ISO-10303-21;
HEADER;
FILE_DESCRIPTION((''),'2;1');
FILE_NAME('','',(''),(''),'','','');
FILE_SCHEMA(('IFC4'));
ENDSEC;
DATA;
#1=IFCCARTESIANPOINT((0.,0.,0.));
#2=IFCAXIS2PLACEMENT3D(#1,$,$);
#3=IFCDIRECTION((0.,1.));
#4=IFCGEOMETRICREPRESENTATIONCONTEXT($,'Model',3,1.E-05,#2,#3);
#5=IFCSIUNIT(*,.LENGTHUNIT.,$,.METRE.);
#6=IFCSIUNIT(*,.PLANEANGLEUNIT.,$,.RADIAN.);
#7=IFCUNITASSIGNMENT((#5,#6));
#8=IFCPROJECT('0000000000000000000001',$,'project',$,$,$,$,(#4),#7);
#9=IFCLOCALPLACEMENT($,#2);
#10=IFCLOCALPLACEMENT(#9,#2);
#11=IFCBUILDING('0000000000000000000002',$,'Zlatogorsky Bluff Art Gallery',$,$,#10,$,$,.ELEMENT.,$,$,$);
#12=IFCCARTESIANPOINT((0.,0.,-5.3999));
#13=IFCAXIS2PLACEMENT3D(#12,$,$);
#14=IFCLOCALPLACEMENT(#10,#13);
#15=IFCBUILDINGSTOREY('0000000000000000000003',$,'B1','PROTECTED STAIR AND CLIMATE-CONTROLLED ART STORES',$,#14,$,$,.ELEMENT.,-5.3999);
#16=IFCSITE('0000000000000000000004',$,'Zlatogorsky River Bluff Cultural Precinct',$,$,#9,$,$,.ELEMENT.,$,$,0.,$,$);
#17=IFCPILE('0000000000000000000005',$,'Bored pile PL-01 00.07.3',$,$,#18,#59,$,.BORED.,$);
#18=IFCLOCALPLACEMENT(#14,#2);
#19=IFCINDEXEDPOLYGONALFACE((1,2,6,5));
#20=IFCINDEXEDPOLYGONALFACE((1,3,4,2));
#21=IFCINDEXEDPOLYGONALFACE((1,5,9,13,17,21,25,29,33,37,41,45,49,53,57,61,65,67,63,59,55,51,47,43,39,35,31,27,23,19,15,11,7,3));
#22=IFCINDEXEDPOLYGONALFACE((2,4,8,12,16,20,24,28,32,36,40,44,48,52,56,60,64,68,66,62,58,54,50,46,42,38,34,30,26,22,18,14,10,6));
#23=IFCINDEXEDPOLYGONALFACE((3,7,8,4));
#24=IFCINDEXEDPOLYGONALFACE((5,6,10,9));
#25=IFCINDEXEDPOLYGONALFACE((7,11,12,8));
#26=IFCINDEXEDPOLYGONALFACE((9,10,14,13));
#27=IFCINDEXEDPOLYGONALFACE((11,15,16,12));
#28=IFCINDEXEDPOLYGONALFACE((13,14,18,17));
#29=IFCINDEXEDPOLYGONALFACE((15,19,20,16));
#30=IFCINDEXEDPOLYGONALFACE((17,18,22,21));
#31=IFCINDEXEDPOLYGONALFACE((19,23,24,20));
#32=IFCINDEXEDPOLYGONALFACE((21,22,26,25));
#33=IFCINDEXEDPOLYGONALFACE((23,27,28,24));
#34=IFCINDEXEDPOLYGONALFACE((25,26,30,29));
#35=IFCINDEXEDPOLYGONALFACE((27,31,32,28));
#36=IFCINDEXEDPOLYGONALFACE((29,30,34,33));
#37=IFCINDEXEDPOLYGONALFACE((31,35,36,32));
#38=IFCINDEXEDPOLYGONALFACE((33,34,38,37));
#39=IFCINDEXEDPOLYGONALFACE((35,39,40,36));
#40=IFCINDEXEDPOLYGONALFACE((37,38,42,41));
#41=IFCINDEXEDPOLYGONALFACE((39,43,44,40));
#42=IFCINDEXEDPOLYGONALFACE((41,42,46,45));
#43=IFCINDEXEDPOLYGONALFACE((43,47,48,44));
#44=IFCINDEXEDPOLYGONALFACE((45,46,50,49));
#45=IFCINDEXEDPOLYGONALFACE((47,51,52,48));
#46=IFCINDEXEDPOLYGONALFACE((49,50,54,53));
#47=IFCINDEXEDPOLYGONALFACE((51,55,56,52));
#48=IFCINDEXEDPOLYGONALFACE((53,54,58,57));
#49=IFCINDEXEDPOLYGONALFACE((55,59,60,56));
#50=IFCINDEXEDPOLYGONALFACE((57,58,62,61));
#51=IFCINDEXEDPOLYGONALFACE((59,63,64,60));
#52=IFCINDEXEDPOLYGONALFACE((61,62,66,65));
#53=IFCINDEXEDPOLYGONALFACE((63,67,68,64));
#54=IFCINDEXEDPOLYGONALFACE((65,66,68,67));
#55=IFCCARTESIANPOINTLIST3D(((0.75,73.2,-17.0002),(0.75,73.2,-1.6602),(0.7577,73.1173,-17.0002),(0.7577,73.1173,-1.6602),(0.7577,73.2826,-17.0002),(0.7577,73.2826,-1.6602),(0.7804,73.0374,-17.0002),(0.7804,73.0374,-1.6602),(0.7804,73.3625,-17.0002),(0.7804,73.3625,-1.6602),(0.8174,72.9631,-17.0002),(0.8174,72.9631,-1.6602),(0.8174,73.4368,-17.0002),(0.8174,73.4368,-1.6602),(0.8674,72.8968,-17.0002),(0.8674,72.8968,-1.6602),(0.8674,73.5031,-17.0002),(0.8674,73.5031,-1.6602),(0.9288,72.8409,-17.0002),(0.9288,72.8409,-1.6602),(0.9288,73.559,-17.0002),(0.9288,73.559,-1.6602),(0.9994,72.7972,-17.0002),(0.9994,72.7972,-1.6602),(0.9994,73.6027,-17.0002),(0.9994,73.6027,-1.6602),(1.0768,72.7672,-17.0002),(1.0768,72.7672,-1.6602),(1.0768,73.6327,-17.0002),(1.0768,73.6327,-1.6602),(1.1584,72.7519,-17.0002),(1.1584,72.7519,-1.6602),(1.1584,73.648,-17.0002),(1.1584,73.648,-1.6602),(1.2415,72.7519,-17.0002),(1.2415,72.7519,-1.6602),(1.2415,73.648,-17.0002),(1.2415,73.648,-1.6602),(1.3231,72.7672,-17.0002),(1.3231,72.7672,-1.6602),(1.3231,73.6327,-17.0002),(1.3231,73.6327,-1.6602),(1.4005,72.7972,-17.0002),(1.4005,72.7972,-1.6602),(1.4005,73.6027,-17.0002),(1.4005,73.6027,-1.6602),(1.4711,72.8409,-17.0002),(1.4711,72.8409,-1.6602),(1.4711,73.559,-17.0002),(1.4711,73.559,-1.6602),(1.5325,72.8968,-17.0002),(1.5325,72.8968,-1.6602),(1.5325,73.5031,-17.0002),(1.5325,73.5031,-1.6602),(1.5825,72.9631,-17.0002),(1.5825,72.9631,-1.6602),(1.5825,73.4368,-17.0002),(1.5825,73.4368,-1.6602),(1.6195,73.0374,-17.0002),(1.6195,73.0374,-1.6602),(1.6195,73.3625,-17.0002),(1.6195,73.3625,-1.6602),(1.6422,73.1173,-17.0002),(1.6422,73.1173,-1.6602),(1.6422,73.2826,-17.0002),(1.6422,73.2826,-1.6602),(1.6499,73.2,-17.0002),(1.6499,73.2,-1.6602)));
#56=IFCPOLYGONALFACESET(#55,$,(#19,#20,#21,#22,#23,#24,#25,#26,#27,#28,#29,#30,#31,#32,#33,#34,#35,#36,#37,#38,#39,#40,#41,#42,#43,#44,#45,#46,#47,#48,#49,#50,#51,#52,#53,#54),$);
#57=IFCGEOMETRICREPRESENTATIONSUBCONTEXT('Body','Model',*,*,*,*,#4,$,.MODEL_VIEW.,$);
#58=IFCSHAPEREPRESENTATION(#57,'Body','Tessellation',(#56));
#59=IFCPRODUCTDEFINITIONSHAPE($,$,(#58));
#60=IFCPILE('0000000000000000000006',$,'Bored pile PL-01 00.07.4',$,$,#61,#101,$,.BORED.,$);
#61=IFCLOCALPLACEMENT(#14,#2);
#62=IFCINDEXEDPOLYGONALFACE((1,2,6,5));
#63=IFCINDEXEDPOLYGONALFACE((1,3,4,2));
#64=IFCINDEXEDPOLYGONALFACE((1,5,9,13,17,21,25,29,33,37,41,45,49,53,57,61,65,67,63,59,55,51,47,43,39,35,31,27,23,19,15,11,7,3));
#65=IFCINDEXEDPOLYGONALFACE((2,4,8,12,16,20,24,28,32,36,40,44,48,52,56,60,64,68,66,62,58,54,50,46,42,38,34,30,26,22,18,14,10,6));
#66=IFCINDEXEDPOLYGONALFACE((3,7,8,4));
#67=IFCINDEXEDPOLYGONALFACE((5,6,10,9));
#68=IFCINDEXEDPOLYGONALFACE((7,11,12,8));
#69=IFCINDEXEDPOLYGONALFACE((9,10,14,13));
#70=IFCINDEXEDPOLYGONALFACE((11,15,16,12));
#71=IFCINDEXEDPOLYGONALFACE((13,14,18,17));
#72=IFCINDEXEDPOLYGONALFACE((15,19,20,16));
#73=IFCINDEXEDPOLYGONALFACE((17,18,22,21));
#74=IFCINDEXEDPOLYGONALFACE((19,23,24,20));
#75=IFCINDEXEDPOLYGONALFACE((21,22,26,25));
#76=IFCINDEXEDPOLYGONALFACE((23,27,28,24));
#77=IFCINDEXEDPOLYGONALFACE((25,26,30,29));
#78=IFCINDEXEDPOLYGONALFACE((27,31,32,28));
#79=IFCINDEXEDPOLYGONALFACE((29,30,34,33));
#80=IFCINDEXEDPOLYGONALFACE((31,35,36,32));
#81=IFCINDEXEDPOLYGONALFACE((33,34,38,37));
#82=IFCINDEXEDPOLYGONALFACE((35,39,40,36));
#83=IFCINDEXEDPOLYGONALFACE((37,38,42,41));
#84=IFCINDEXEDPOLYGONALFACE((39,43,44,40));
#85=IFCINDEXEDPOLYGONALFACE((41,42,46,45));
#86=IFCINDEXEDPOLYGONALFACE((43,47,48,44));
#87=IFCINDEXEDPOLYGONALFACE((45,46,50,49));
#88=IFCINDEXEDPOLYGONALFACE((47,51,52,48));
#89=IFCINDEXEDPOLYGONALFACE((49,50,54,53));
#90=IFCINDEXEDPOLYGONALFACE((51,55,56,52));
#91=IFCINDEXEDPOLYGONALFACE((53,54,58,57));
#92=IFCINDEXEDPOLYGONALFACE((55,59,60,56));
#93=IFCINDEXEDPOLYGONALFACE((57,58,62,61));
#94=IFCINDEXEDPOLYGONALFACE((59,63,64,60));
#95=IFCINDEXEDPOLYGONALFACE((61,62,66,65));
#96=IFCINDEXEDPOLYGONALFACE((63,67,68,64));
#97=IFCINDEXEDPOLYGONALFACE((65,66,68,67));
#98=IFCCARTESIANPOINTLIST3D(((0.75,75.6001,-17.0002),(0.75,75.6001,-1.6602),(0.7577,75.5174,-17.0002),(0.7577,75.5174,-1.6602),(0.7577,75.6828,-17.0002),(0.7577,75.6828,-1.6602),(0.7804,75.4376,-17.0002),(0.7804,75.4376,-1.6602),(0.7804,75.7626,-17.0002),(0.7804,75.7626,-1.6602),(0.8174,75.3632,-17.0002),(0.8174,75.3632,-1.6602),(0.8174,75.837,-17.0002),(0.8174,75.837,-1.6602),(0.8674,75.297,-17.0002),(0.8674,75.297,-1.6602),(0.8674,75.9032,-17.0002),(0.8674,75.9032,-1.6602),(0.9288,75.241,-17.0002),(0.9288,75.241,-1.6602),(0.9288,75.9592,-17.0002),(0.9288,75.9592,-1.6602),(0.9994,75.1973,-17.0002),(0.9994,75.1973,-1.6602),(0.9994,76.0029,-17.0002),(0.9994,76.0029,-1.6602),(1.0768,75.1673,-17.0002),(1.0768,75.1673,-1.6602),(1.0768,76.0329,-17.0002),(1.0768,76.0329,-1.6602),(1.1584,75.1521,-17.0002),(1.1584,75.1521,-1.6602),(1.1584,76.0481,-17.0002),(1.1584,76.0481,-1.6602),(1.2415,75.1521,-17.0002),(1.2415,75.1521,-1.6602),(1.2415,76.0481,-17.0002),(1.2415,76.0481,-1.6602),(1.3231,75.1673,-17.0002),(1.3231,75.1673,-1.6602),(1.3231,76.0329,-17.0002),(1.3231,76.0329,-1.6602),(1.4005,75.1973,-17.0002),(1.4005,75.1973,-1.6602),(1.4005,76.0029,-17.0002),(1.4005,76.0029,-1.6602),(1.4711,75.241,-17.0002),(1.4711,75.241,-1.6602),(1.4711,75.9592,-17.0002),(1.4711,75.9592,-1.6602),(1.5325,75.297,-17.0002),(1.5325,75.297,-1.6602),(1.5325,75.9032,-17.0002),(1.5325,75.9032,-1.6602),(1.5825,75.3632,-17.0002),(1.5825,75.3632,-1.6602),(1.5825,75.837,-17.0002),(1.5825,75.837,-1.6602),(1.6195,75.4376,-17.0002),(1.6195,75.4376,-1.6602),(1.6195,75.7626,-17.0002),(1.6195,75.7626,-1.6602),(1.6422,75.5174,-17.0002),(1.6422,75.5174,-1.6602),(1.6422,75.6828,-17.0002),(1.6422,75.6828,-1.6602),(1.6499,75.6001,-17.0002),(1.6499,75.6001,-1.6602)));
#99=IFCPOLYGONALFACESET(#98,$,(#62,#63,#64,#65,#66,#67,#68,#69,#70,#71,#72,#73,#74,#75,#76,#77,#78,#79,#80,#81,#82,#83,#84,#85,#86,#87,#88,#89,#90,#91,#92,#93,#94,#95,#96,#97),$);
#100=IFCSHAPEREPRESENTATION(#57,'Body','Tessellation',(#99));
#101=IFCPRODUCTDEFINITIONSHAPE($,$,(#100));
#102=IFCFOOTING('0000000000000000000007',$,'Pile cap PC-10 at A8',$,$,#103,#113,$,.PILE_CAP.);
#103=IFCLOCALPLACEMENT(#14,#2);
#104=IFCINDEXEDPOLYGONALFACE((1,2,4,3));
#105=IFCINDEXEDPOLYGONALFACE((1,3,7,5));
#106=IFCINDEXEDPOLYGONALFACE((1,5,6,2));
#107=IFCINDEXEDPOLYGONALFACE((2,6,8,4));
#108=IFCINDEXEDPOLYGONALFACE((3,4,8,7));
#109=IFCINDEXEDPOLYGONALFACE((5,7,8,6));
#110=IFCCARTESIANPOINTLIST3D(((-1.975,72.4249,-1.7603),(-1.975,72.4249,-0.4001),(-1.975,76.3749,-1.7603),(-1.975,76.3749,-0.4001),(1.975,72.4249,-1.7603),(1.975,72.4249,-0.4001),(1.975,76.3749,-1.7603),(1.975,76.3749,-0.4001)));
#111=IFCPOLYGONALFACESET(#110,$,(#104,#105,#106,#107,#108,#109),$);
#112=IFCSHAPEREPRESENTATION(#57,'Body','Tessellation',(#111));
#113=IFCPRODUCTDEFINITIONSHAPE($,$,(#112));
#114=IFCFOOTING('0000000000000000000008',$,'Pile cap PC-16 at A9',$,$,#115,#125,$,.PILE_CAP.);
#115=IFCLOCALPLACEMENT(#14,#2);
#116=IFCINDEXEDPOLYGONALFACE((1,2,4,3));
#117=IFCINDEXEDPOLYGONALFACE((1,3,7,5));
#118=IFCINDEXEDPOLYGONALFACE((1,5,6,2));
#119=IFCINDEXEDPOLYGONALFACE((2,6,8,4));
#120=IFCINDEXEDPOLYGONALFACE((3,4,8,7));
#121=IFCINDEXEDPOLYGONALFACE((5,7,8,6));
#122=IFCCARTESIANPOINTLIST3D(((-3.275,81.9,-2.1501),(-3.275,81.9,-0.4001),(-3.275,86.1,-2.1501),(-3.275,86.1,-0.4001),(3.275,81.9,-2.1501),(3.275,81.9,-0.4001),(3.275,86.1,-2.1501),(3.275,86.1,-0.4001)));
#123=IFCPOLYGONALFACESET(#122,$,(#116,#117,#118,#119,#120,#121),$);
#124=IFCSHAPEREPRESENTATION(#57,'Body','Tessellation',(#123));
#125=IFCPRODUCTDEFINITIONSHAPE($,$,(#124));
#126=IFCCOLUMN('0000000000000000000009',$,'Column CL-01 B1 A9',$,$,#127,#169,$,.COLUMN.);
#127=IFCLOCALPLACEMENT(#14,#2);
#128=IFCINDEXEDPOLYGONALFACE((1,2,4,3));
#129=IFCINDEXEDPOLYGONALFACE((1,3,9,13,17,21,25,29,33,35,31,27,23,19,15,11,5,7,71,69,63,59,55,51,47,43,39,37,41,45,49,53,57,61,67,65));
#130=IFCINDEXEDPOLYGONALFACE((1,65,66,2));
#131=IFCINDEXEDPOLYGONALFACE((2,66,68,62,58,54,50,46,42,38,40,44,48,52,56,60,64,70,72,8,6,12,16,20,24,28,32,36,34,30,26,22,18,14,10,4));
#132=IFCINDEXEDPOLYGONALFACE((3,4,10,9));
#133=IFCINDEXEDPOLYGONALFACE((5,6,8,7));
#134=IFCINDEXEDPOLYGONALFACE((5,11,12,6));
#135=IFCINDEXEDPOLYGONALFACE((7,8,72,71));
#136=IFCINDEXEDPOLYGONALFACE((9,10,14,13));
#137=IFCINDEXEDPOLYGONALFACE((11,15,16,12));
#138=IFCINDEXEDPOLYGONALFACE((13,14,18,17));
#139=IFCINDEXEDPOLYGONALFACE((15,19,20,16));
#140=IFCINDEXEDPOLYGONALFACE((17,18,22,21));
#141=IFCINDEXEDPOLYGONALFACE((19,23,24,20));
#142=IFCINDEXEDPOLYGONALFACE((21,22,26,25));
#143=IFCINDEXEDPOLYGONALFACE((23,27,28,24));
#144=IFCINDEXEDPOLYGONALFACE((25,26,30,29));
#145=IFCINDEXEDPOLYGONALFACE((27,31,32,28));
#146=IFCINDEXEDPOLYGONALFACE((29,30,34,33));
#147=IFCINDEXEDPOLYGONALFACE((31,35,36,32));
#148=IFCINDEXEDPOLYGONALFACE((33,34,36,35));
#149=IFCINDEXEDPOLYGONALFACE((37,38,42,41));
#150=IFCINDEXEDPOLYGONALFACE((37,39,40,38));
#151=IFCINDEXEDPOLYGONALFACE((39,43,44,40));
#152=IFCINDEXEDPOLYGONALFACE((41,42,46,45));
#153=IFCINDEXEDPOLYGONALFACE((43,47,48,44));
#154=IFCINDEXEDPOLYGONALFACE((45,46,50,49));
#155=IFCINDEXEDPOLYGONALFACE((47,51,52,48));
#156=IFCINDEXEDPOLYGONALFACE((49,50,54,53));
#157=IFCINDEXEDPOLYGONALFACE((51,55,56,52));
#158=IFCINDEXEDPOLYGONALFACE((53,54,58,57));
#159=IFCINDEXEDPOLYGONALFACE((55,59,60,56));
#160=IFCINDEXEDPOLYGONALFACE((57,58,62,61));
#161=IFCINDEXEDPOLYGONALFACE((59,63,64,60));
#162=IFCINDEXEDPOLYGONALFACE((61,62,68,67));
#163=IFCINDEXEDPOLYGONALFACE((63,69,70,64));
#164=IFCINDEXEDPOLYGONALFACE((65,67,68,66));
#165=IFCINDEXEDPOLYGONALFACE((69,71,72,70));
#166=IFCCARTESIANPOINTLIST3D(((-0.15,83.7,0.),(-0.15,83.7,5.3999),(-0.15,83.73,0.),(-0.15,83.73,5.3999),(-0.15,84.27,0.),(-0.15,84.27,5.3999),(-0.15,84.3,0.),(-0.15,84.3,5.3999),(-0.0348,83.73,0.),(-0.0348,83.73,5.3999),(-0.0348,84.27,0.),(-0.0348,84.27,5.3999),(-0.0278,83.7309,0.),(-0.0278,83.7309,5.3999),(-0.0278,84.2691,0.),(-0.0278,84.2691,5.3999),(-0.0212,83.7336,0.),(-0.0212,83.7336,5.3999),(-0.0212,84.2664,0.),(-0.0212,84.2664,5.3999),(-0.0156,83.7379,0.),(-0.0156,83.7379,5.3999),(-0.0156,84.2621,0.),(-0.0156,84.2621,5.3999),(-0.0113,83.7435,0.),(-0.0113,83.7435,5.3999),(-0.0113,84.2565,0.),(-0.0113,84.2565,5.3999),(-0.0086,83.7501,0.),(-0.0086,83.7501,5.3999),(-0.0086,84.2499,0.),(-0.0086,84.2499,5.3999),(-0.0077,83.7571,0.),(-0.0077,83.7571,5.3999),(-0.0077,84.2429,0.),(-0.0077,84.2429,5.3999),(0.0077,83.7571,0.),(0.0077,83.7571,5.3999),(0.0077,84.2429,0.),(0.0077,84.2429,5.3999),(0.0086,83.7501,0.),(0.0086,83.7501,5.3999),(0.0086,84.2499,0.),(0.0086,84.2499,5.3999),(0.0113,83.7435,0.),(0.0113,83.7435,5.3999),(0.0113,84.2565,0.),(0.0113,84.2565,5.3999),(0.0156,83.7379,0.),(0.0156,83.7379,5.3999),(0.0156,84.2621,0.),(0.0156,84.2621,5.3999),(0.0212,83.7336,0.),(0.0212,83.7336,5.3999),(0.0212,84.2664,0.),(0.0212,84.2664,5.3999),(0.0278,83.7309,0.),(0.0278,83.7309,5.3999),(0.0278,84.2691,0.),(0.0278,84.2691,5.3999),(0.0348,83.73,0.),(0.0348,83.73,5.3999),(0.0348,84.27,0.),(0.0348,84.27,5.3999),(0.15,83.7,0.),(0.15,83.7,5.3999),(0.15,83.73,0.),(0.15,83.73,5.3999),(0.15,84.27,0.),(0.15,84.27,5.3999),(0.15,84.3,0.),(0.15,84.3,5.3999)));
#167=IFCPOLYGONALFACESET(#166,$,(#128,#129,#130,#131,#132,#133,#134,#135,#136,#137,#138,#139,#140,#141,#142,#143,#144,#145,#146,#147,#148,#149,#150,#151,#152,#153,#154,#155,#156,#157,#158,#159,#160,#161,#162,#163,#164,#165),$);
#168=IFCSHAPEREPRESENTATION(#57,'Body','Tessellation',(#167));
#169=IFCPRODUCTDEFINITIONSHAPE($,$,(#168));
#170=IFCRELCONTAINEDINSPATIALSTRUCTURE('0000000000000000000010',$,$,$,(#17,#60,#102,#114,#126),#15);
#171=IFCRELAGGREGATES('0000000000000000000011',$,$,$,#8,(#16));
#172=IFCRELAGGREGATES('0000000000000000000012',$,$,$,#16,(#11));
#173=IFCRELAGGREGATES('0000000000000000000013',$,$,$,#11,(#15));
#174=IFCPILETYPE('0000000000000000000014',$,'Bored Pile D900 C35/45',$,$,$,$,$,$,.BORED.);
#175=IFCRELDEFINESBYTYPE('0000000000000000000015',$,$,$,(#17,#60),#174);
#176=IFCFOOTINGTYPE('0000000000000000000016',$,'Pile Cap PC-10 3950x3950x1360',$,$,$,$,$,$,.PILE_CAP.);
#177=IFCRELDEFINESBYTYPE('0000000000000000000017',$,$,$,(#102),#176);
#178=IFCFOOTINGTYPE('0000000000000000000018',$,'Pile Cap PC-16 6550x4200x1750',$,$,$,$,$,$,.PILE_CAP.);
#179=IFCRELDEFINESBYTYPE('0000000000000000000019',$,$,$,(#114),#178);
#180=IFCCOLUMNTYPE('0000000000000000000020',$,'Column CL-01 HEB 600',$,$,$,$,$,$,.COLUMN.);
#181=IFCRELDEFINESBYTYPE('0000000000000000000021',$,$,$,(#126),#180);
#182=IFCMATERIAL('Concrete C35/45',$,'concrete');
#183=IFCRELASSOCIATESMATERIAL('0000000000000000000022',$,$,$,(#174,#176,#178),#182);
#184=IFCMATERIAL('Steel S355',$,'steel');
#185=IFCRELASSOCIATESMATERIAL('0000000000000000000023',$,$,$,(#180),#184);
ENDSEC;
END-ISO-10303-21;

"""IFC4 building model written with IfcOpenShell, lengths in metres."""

from ifc_helpers import new_model, si_unit, direction, frame, origin, origin_2d, place, context, subcontext, project, spatial, rectangle, circle, i_section, extrude, material, material_profile, profile_set, type_object, element, save


model = new_model("IFC4")

# Units and contexts
model_context = context("Model", 3, precision=1e-05, world=origin(), true_north=direction((0.0, 1.0)))
body_context = subcontext(model_context, "Body", "Model", "MODEL_VIEW")
ifc_project = project(units=[si_unit("LENGTHUNIT", "METRE"), si_unit("PLANEANGLEUNIT", "RADIAN")], contexts=[model_context])

# Site, building, storey
site_placement = place(None, origin())
site = spatial("IfcSite", under=ifc_project, at=site_placement, Name="Zlatogorsky River Bluff Cultural Precinct", CompositionType="ELEMENT", RefElevation=0.0)
building_placement = place(site_placement, origin())
building = spatial("IfcBuilding", under=site, at=building_placement, Name="Zlatogorsky Bluff Art Gallery", CompositionType="ELEMENT")
storey_placement = place(building_placement, frame((0.0, 0.0, -5.3999)))
storey = spatial("IfcBuildingStorey", under=building, at=storey_placement, Name="B1", Description="PROTECTED STAIR AND CLIMATE-CONTROLLED ART STORES", CompositionType="ELEMENT", Elevation=-5.3999)

# Piles
ifc_material_1 = material(Name="Concrete C35/45", Category="concrete")
ifc_material_profile_1 = material_profile(ifc_material_1, circle(Radius=0.45, at=origin_2d()), Name="BORED PILE D900")
ifc_profile_set_1 = profile_set([ifc_material_profile_1], Name="Concrete C35/45")
pile_type_1 = type_object("IfcPileType", Name="Bored Pile D900 C35/45", PredefinedType="BORED", material=ifc_profile_set_1)
for number, where, z_axis, x_axis, name in (
    (1, (1.2, 73.2, -1.6602), (0.0, 0.0, -1.0), (1.0, 0.0, 0.0), "Bored pile PL-01 00.07.3"),
    (2, (1.2, 75.6001, -1.6602), (0.0, 0.0, -1.0), (1.0, 0.0, 0.0), "Bored pile PL-01 00.07.4"),
):
    element("IfcPile", number, at=place(storey_placement, frame(where, z_axis=z_axis, x_axis=x_axis)), inside=storey, type_object=pile_type_1, Name=name, PredefinedType="BORED", context=body_context, shape_type="SweptSolid", body=[
        extrude(circle(Radius=0.45, at=origin_2d()), origin(), (0.0, 0.0, 1.0), 15.3401),
    ])

# Footings
footing_type_1 = type_object("IfcFootingType", Name="Pile Cap PC-10 3950x3950x1360", PredefinedType="PILE_CAP", material=ifc_material_1)
footing_1_placement = place(storey_placement, frame((0.0, 74.3999, -1.7603), z_axis=(0.0, 0.0, 1.0), x_axis=(1.0, 0.0, 0.0)))
element("IfcFooting", 3, at=footing_1_placement, inside=storey, type_object=footing_type_1, Name="Pile cap PC-10 at A8", PredefinedType="PILE_CAP", context=body_context, shape_type="SweptSolid", body=[
    extrude(rectangle(XDim=3.95, YDim=3.95, at=origin_2d()), origin(), (0.0, 0.0, 1.0), 1.3601),
])
footing_type_2 = type_object("IfcFootingType", Name="Pile Cap PC-16 6550x4200x1750", PredefinedType="PILE_CAP", material=ifc_material_1)
footing_2_placement = place(storey_placement, frame((0.0, 84.0, -2.1501), z_axis=(0.0, 0.0, 1.0), x_axis=(1.0, 0.0, 0.0)))
element("IfcFooting", 4, at=footing_2_placement, inside=storey, type_object=footing_type_2, Name="Pile cap PC-16 at A9", PredefinedType="PILE_CAP", context=body_context, shape_type="SweptSolid", body=[
    extrude(rectangle(XDim=6.55, YDim=4.2, at=origin_2d()), origin(), (0.0, 0.0, 1.0), 1.75),
])

# Column
ifc_material_2 = material(Name="Steel S355", Category="steel")
ifc_material_profile_2 = material_profile(ifc_material_2, i_section(OverallWidth=0.3, OverallDepth=0.6001, WebThickness=0.0154, FlangeThickness=0.03, FilletRadius=0.0271, at=origin_2d()), Name="HEB 600")
ifc_profile_set_2 = profile_set([ifc_material_profile_2], Name="Steel S355")
column_type_1 = type_object("IfcColumnType", Name="Column CL-01 HEB 600", PredefinedType="COLUMN", material=ifc_profile_set_2)
column_1_placement = place(storey_placement, frame((0.0, 84.0, 0.0), z_axis=(0.0, 0.0, 1.0), x_axis=(1.0, 0.0, 0.0)))
element("IfcColumn", 5, at=column_1_placement, inside=storey, type_object=column_type_1, Name="Column CL-01 B1 A9", PredefinedType="COLUMN", context=body_context, shape_type="SweptSolid", body=[
    extrude(i_section(OverallWidth=0.3, OverallDepth=0.6001, WebThickness=0.0154, FlangeThickness=0.03, FilletRadius=0.0271, at=origin_2d()), origin(), (0.0, 0.0, 1.0), 5.3999),
])

save(model, "model.ifc")
